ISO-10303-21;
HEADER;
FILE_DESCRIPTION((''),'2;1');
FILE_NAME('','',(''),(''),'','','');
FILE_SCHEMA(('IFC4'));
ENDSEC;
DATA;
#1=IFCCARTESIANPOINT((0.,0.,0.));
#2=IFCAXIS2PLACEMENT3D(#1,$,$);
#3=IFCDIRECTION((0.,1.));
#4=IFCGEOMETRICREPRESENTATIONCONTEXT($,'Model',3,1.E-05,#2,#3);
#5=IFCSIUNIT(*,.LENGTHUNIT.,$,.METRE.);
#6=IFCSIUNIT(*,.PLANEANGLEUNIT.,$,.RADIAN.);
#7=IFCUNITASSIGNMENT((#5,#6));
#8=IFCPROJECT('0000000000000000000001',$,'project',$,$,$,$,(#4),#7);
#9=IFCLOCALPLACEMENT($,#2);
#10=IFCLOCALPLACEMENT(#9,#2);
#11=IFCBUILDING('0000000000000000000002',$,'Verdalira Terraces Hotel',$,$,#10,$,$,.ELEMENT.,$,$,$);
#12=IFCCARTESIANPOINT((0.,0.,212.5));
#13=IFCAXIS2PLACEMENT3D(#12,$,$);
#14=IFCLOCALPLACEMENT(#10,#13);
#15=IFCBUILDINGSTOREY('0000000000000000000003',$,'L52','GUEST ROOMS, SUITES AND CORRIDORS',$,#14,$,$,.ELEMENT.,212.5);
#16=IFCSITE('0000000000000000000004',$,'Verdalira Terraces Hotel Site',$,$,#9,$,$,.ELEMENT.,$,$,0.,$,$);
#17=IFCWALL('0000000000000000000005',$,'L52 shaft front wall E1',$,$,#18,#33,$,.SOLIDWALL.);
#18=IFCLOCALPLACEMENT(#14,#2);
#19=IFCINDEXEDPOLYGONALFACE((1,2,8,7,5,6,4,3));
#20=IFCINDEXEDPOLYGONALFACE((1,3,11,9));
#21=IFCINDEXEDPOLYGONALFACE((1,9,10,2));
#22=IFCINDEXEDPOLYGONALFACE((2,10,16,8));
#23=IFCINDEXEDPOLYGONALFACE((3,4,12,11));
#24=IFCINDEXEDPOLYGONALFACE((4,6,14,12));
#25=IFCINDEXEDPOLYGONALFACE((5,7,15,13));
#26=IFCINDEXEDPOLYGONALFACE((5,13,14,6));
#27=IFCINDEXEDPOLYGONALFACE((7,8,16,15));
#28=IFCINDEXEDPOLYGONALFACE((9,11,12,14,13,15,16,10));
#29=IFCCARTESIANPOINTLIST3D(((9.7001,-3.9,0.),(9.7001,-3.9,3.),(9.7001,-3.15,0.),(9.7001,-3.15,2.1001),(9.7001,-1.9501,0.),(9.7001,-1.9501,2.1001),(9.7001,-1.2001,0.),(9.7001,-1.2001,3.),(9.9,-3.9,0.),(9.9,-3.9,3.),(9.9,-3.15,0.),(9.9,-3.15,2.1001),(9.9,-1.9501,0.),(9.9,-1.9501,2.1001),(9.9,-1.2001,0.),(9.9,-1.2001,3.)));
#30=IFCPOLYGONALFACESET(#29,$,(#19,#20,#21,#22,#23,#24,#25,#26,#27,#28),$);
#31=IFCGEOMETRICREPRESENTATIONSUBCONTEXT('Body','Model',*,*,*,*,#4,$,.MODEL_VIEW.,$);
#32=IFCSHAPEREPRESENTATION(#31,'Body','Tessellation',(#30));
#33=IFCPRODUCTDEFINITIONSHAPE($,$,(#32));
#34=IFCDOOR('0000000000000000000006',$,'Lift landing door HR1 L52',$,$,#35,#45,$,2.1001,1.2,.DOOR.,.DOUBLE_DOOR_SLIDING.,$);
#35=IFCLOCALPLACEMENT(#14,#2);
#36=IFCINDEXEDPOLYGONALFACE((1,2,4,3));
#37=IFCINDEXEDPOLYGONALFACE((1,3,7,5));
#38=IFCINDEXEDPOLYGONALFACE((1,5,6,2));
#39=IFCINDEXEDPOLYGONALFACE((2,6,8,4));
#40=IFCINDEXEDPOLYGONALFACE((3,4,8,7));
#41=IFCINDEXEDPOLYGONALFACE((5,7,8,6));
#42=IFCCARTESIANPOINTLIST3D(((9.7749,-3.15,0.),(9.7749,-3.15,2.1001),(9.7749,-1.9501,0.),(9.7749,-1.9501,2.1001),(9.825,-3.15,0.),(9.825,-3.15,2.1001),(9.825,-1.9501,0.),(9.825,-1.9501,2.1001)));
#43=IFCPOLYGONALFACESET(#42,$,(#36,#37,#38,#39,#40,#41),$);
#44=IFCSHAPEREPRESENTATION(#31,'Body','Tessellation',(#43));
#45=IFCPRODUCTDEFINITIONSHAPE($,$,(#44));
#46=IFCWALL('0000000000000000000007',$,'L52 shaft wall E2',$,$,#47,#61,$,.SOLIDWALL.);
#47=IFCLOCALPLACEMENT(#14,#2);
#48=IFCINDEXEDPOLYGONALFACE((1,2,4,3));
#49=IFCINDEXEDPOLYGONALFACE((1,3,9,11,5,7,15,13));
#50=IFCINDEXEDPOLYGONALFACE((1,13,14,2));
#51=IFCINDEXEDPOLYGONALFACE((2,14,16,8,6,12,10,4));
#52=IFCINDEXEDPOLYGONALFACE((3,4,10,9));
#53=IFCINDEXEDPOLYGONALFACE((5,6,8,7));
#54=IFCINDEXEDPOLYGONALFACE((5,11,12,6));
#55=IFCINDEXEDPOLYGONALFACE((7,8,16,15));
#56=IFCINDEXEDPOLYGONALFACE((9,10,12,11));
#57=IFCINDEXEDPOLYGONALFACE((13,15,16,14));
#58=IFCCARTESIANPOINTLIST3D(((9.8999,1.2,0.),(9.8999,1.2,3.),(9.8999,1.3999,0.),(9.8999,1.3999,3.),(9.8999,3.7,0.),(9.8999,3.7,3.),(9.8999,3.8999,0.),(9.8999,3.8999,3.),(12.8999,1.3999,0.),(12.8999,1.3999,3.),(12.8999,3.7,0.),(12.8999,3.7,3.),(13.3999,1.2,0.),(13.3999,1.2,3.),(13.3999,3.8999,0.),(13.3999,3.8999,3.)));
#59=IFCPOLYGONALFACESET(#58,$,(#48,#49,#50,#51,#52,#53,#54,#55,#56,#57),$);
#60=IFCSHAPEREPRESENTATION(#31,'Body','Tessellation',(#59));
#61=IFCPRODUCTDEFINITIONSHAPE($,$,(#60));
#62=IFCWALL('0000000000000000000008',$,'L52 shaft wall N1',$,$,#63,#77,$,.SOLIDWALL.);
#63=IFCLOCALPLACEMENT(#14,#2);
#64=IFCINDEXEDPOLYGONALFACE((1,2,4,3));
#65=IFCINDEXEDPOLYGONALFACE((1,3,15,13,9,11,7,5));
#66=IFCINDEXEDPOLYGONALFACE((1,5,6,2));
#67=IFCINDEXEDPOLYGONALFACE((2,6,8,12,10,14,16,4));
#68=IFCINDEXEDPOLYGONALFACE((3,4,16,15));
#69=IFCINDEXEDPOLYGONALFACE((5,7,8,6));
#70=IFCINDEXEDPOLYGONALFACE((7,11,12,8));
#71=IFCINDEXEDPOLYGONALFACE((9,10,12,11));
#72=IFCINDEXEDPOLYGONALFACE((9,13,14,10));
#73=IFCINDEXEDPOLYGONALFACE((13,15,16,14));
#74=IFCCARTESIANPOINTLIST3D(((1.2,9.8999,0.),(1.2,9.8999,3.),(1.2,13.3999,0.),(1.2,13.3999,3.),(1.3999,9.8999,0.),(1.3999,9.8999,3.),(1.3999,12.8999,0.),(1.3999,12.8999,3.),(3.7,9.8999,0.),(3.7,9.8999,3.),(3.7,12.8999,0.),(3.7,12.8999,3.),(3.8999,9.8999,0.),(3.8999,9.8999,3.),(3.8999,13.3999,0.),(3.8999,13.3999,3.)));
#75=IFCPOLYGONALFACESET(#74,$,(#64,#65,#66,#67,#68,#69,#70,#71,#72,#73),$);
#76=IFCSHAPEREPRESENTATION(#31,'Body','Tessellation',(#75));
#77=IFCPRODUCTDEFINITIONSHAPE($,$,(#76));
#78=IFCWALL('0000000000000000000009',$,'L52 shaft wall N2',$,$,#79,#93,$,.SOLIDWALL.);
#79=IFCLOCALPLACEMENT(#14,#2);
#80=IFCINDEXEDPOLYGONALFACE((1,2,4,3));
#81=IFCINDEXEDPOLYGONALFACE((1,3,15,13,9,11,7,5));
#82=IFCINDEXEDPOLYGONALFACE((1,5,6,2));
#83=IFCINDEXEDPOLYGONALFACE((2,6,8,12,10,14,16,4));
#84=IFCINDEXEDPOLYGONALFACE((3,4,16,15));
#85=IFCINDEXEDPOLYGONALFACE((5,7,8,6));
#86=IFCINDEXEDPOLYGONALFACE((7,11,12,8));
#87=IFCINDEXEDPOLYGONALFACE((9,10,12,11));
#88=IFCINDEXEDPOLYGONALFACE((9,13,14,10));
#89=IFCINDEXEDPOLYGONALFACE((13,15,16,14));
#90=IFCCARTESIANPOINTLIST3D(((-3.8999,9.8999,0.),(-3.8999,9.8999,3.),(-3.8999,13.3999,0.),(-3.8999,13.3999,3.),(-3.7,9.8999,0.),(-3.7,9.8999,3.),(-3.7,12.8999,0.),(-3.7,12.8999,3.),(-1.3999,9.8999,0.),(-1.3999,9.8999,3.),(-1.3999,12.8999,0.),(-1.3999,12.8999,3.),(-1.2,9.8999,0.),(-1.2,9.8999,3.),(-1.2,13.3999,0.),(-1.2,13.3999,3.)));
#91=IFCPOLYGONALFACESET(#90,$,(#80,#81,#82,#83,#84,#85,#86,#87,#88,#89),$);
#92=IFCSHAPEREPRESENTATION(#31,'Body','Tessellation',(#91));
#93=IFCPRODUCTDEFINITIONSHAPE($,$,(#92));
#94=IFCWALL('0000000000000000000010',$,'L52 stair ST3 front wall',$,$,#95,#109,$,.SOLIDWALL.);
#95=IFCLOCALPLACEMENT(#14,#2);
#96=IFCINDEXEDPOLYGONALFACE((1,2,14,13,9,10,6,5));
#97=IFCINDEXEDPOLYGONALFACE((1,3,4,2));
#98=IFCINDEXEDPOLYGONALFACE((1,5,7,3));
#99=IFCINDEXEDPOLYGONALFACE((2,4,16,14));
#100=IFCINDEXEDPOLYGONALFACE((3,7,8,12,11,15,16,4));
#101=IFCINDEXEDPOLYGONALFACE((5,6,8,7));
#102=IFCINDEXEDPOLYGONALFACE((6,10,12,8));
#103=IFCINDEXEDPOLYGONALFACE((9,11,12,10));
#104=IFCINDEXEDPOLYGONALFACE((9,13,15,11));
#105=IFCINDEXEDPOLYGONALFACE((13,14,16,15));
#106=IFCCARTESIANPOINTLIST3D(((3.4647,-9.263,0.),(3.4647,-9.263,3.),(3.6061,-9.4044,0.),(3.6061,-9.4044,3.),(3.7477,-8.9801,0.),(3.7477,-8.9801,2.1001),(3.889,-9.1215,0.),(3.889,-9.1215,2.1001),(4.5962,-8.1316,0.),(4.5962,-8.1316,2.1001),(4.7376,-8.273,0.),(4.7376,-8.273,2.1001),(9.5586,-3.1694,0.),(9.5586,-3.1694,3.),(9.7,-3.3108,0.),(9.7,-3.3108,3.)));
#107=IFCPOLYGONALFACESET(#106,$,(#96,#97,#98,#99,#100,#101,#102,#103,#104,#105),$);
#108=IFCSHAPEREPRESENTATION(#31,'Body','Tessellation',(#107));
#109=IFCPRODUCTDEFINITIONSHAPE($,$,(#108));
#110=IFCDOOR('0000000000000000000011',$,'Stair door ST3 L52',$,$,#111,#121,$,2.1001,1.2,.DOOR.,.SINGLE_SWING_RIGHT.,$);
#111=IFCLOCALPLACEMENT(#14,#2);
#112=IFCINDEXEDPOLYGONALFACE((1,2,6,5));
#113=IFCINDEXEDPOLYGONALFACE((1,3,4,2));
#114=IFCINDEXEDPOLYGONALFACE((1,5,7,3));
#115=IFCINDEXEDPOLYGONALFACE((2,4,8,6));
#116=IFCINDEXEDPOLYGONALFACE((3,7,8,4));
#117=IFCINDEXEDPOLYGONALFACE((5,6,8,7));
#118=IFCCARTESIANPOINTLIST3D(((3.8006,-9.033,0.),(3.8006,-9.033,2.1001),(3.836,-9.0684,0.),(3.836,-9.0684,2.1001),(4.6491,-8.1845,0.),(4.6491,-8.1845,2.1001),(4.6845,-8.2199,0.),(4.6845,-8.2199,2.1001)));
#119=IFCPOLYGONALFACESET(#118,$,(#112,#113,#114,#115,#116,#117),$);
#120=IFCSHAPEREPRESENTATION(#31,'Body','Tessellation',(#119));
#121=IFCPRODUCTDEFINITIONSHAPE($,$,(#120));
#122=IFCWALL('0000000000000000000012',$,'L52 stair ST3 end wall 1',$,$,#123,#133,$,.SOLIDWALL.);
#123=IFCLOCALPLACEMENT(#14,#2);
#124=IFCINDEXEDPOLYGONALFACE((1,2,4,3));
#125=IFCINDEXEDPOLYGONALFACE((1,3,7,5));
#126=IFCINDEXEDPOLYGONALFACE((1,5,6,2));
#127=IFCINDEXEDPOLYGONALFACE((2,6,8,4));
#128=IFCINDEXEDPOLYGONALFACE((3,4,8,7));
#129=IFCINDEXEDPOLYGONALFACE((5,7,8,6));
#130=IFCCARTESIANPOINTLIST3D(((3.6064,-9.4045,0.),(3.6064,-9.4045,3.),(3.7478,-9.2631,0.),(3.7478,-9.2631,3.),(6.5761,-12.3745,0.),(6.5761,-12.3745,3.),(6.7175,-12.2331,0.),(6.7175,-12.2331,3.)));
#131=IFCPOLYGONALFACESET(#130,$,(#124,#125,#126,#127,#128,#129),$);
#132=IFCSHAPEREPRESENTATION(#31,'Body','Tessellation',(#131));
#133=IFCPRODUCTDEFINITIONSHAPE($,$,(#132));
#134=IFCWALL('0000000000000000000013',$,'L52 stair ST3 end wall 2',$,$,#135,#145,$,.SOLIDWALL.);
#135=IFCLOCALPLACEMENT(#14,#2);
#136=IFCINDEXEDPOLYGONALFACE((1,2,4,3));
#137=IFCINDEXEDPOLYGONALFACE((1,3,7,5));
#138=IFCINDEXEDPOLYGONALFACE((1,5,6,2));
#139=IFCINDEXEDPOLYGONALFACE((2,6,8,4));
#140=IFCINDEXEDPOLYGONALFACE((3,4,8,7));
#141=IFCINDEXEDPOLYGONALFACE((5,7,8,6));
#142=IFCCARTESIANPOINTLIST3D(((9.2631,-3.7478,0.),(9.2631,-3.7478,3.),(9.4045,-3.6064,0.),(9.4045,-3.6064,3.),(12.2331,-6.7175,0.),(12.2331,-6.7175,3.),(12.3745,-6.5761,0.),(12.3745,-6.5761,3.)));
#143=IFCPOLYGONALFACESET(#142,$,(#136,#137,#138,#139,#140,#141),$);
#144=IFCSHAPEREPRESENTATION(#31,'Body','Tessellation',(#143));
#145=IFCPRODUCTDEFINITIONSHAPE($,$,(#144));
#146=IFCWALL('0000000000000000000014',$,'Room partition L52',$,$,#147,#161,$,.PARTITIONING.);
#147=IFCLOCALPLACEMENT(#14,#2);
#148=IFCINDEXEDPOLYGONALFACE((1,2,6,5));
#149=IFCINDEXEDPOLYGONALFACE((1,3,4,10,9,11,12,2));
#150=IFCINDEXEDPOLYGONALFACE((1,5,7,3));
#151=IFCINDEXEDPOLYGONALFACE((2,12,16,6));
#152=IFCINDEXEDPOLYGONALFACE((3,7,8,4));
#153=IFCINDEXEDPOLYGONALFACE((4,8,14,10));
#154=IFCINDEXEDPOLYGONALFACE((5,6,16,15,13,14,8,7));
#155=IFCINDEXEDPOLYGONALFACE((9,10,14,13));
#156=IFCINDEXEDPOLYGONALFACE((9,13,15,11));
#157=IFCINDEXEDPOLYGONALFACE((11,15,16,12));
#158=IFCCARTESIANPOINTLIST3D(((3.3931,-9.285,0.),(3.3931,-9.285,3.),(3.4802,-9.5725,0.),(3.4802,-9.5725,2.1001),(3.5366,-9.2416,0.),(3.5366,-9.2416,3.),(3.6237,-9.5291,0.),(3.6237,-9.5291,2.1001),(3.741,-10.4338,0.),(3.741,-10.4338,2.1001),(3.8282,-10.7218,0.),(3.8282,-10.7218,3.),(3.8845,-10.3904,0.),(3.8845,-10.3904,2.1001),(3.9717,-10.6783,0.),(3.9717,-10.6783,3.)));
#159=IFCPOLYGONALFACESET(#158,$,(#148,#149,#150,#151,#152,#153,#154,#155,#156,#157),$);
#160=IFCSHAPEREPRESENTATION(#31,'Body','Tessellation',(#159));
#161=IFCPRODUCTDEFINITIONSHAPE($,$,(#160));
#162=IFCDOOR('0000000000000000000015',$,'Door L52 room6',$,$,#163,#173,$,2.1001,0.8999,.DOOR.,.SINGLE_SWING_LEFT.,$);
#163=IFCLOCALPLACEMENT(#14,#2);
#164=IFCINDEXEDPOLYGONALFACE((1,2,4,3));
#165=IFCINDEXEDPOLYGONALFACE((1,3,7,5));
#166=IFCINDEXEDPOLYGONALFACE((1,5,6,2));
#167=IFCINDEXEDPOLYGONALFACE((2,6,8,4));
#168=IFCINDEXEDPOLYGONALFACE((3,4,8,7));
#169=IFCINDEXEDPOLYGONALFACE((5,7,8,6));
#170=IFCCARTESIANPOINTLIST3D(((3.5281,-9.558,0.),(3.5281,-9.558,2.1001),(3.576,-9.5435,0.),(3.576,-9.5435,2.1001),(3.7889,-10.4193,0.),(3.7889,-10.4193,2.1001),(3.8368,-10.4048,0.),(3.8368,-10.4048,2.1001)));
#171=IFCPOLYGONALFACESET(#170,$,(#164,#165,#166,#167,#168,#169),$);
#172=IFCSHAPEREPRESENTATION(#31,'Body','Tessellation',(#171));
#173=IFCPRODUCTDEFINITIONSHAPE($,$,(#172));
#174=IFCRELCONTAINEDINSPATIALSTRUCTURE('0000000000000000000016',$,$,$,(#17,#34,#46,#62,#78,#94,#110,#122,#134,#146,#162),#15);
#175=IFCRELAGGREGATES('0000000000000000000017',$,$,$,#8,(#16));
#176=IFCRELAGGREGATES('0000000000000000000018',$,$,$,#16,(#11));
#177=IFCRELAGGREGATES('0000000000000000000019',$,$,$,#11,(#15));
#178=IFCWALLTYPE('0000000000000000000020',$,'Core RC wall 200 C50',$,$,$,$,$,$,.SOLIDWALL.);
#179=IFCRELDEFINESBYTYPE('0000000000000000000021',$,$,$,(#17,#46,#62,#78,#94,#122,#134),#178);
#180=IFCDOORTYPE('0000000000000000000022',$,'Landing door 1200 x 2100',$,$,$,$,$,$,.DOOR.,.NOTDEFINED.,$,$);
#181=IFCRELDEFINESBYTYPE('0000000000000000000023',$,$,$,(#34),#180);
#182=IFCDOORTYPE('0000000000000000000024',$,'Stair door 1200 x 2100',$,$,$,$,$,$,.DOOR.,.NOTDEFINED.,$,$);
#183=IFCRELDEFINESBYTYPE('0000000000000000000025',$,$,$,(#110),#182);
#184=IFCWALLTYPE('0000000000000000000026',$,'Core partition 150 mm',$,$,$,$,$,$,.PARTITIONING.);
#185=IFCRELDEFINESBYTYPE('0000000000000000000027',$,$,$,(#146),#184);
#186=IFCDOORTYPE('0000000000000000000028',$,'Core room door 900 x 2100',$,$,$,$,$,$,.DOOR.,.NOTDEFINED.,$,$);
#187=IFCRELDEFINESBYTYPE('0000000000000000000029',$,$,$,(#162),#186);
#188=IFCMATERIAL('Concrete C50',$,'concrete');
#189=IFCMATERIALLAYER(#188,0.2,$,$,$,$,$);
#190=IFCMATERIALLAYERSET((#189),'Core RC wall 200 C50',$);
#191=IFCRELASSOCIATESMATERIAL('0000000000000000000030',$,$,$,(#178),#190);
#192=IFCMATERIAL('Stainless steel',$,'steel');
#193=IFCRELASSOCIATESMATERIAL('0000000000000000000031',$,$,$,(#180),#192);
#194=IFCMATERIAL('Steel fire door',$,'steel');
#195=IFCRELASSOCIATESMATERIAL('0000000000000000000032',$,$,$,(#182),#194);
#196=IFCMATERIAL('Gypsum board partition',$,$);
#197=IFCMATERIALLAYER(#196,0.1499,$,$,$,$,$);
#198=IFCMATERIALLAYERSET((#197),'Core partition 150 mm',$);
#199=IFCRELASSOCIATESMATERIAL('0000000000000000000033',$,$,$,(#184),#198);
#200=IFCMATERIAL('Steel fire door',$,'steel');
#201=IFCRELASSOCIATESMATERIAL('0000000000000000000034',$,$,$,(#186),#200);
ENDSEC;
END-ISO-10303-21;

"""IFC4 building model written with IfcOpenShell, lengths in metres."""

from ifc_helpers import new_model, si_unit, direction, frame, frame_2d, origin, place, context, subcontext, project, spatial, polyline, rectangle, outline, extrude, material, layer, layer_set, type_object, element, fill, save


model = new_model("IFC4")

# Units and contexts
model_context = context("Model", 3, precision=1e-05, world=origin(), true_north=direction((0.0, 1.0)))
body_context = subcontext(model_context, "Body", "Model", "MODEL_VIEW")
ifc_project = project(units=[si_unit("LENGTHUNIT", "METRE"), si_unit("PLANEANGLEUNIT", "RADIAN")], contexts=[model_context])

# Site, building, storey
site_placement = place(None, origin())
site = spatial("IfcSite", under=ifc_project, at=site_placement, Name="Verdalira Terraces Hotel Site", CompositionType="ELEMENT", RefElevation=0.0)
building_placement = place(site_placement, origin())
building = spatial("IfcBuilding", under=site, at=building_placement, Name="Verdalira Terraces Hotel", CompositionType="ELEMENT")
storey_placement = place(building_placement, frame((0.0, 0.0, 212.5)))
storey = spatial("IfcBuildingStorey", under=building, at=storey_placement, Name="L52", Description="GUEST ROOMS, SUITES AND CORRIDORS", CompositionType="ELEMENT", Elevation=212.5)

# Shared definitions
ifc_material_1 = material(Name="Concrete C50", Category="concrete")
ifc_layer_1 = layer(ifc_material_1, 0.2)
ifc_layer_set_1 = layer_set([ifc_layer_1], Name="Core RC wall 200 C50")
wall_type_1 = type_object("IfcWallType", Name="Core RC wall 200 C50", PredefinedType="SOLIDWALL", material=ifc_layer_set_1)

# Wall, opening, door
wall_1_placement = place(storey_placement, frame((9.8, -1.2, 0.0), z_axis=(0.0, 0.0, 1.0), x_axis=(0.0, -1.0, 0.0)))
wall_1 = element("IfcWall", 1, at=wall_1_placement, inside=storey, type_object=wall_type_1, Name="L52 shaft front wall E1", PredefinedType="SOLIDWALL", context=body_context, shape_type="SweptSolid", body=[
    extrude(rectangle(XDim=2.7, YDim=0.2, at=frame_2d((1.3501, 0.0))), origin(), (0.0, 0.0, 1.0), 3.0),
])
opening_1_placement = place(wall_1_placement, frame((0.75, 0.0, 0.0)))
opening_1 = element("IfcOpeningElement", 2, at=opening_1_placement, cuts=wall_1, PredefinedType="OPENING", context=body_context, shape_type="SweptSolid", body=[
    extrude(rectangle(XDim=1.2, YDim=2.1001, at=frame_2d((0.6001, 1.05))), frame((0.0, 0.1099, 0.0), z_axis=(0.0, -1.0, 0.0), x_axis=(1.0, 0.0, 0.0)), (0.0, 0.0, 1.0), 0.22),
])
ifc_material_2 = material(Name="Stainless steel", Category="steel")
door_type_1 = type_object("IfcDoorType", Name="Landing door 1200 x 2100", OperationType="NOTDEFINED", PredefinedType="DOOR", material=ifc_material_2)
door_1_placement = place(opening_1_placement, origin())
door_1 = element("IfcDoor", 3, at=door_1_placement, inside=storey, type_object=door_type_1, Name="Lift landing door HR1 L52", OperationType="DOUBLE_DOOR_SLIDING", OverallHeight=2.1001, OverallWidth=1.2, PredefinedType="DOOR", context=body_context, shape_type="SweptSolid", body=[
    extrude(rectangle(XDim=1.2, YDim=2.1001, at=frame_2d((0.6001, 1.05))), frame((0.0, 0.0249, 0.0), z_axis=(0.0, -1.0, 0.0), x_axis=(1.0, 0.0, 0.0)), (0.0, 0.0, 1.0), 0.05),
])
fill(opening_1, door_1)

# Walls
wall_2_placement = place(storey_placement, origin())
element("IfcWall", 4, at=wall_2_placement, inside=storey, type_object=wall_type_1, Name="L52 shaft wall E2", PredefinedType="SOLIDWALL", context=body_context, shape_type="SweptSolid", body=[
    extrude(outline(polyline([(13.3999, 3.8999), (13.3999, 1.2), (9.8999, 1.2), (9.8999, 1.3999), (12.8999, 1.3999), (12.8999, 3.7), (9.8999, 3.7), (9.8999, 3.8999), (13.3999, 3.8999)])), origin(), (0.0, 0.0, 1.0), 3.0),
])
wall_3_placement = place(storey_placement, origin())
element("IfcWall", 5, at=wall_3_placement, inside=storey, type_object=wall_type_1, Name="L52 shaft wall N1", PredefinedType="SOLIDWALL", context=body_context, shape_type="SweptSolid", body=[
    extrude(outline(polyline([(3.8999, 9.8999), (3.7, 9.8999), (3.7, 12.8999), (1.3999, 12.8999), (1.3999, 9.8999), (1.2, 9.8999), (1.2, 13.3999), (3.8999, 13.3999), (3.8999, 9.8999)])), origin(), (0.0, 0.0, 1.0), 3.0),
])
wall_4_placement = place(storey_placement, origin())
element("IfcWall", 6, at=wall_4_placement, inside=storey, type_object=wall_type_1, Name="L52 shaft wall N2", PredefinedType="SOLIDWALL", context=body_context, shape_type="SweptSolid", body=[
    extrude(outline(polyline([(-3.8999, 13.3999), (-1.2, 13.3999), (-1.2, 9.8999), (-1.3999, 9.8999), (-1.3999, 12.8999), (-3.7, 12.8999), (-3.7, 9.8999), (-3.8999, 9.8999), (-3.8999, 13.3999)])), origin(), (0.0, 0.0, 1.0), 3.0),
])

# Wall, opening, door
wall_5_placement = place(storey_placement, frame((9.6294, -3.24, 0.0), z_axis=(0.0, 0.0, 1.0), x_axis=(-0.707121, -0.707093, 0.0)))
wall_5 = element("IfcWall", 7, at=wall_5_placement, inside=storey, type_object=wall_type_1, Name="L52 stair ST3 front wall", PredefinedType="SOLIDWALL", context=body_context, shape_type="SweptSolid", body=[
    extrude(rectangle(XDim=8.6179, YDim=0.2, at=frame_2d((4.3091, 0.0))), origin(), (0.0, 0.0, 1.0), 3.0),
])
opening_2_placement = place(wall_5_placement, frame((7.0178, 0.0, 0.0)))
opening_2 = element("IfcOpeningElement", 8, at=opening_2_placement, cuts=wall_5, PredefinedType="OPENING", context=body_context, shape_type="SweptSolid", body=[
    extrude(rectangle(XDim=1.2, YDim=2.1001, at=frame_2d((0.6001, 1.05))), frame((0.0, 0.1099, 0.0), z_axis=(0.0, -1.0, 0.0), x_axis=(1.0, 0.0, 0.0)), (0.0, 0.0, 1.0), 0.22),
])
ifc_material_3 = material(Name="Steel fire door", Category="steel")
door_type_2 = type_object("IfcDoorType", Name="Stair door 1200 x 2100", OperationType="NOTDEFINED", PredefinedType="DOOR", material=ifc_material_3)
door_2_placement = place(opening_2_placement, origin())
door_2 = element("IfcDoor", 9, at=door_2_placement, inside=storey, type_object=door_type_2, Name="Stair door ST3 L52", OperationType="SINGLE_SWING_RIGHT", OverallHeight=2.1001, OverallWidth=1.2, PredefinedType="DOOR", context=body_context, shape_type="SweptSolid", body=[
    extrude(rectangle(XDim=1.2, YDim=2.1001, at=frame_2d((0.6001, 1.05))), frame((0.0, 0.0249, 0.0), z_axis=(0.0, -1.0, 0.0), x_axis=(1.0, 0.0, 0.0)), (0.0, 0.0, 1.0), 0.05),
])
fill(opening_2, door_2)

# Walls
for number, where, z_axis, x_axis, name in (
    (10, (3.677, -9.3337, 0.0), (0.0, 0.0, 1.0), (0.707078, -0.707136, 0.0), "L52 stair ST3 end wall 1"),
    (11, (9.3337, -3.677, 0.0), (0.0, 0.0, 1.0), (0.707136, -0.707078, 0.0), "L52 stair ST3 end wall 2"),
):
    element("IfcWall", number, at=place(storey_placement, frame(where, z_axis=z_axis, x_axis=x_axis)), inside=storey, type_object=wall_type_1, Name=name, PredefinedType="SOLIDWALL", context=body_context, shape_type="SweptSolid", body=[
        extrude(rectangle(XDim=4.2, YDim=0.2, at=frame_2d((2.1001, 0.0))), origin(), (0.0, 0.0, 1.0), 3.0),
    ])

# Wall, opening, door
ifc_material_4 = material(Name="Gypsum board partition")
ifc_layer_2 = layer(ifc_material_4, 0.1499)
ifc_layer_set_2 = layer_set([ifc_layer_2], Name="Core partition 150 mm")
wall_type_2 = type_object("IfcWallType", Name="Core partition 150 mm", PredefinedType="PARTITIONING", material=ifc_layer_set_2)
wall_6_placement = place(storey_placement, frame((3.8999, -10.7, 0.0), z_axis=(0.0, 0.0, 1.0), x_axis=(-0.289809, 0.957085, 0.0)))
wall_6 = element("IfcWall", 12, at=wall_6_placement, inside=storey, type_object=wall_type_2, Name="Room partition L52", PredefinedType="PARTITIONING", context=body_context, shape_type="SweptSolid", body=[
    extrude(rectangle(XDim=1.5012, YDim=0.1499, at=frame_2d((0.7505, 0.0))), origin(), (0.0, 0.0, 1.0), 3.0),
])
opening_3_placement = place(wall_6_placement, frame((0.3008, 0.0, 0.0)))
opening_3 = element("IfcOpeningElement", 13, at=opening_3_placement, cuts=wall_6, PredefinedType="OPENING", context=body_context, shape_type="SweptSolid", body=[
    extrude(rectangle(XDim=0.8999, YDim=2.1001, at=frame_2d((0.45, 1.05))), frame((0.0, 0.085, 0.0), z_axis=(0.0, -1.0, 0.0), x_axis=(1.0, 0.0, 0.0)), (0.0, 0.0, 1.0), 0.1699),
])
ifc_material_5 = material(Name="Steel fire door", Category="steel")
door_type_3 = type_object("IfcDoorType", Name="Core room door 900 x 2100", OperationType="NOTDEFINED", PredefinedType="DOOR", material=ifc_material_5)
door_3_placement = place(opening_3_placement, origin())
door_3 = element("IfcDoor", 14, at=door_3_placement, inside=storey, type_object=door_type_3, Name="Door L52 room6", OperationType="SINGLE_SWING_LEFT", OverallHeight=2.1001, OverallWidth=0.8999, PredefinedType="DOOR", context=body_context, shape_type="SweptSolid", body=[
    extrude(rectangle(XDim=0.8999, YDim=2.1001, at=frame_2d((0.45, 1.05))), frame((0.0, 0.0249, 0.0), z_axis=(0.0, -1.0, 0.0), x_axis=(1.0, 0.0, 0.0)), (0.0, 0.0, 1.0), 0.05),
])
fill(opening_3, door_3)

save(model, "model.ifc")
